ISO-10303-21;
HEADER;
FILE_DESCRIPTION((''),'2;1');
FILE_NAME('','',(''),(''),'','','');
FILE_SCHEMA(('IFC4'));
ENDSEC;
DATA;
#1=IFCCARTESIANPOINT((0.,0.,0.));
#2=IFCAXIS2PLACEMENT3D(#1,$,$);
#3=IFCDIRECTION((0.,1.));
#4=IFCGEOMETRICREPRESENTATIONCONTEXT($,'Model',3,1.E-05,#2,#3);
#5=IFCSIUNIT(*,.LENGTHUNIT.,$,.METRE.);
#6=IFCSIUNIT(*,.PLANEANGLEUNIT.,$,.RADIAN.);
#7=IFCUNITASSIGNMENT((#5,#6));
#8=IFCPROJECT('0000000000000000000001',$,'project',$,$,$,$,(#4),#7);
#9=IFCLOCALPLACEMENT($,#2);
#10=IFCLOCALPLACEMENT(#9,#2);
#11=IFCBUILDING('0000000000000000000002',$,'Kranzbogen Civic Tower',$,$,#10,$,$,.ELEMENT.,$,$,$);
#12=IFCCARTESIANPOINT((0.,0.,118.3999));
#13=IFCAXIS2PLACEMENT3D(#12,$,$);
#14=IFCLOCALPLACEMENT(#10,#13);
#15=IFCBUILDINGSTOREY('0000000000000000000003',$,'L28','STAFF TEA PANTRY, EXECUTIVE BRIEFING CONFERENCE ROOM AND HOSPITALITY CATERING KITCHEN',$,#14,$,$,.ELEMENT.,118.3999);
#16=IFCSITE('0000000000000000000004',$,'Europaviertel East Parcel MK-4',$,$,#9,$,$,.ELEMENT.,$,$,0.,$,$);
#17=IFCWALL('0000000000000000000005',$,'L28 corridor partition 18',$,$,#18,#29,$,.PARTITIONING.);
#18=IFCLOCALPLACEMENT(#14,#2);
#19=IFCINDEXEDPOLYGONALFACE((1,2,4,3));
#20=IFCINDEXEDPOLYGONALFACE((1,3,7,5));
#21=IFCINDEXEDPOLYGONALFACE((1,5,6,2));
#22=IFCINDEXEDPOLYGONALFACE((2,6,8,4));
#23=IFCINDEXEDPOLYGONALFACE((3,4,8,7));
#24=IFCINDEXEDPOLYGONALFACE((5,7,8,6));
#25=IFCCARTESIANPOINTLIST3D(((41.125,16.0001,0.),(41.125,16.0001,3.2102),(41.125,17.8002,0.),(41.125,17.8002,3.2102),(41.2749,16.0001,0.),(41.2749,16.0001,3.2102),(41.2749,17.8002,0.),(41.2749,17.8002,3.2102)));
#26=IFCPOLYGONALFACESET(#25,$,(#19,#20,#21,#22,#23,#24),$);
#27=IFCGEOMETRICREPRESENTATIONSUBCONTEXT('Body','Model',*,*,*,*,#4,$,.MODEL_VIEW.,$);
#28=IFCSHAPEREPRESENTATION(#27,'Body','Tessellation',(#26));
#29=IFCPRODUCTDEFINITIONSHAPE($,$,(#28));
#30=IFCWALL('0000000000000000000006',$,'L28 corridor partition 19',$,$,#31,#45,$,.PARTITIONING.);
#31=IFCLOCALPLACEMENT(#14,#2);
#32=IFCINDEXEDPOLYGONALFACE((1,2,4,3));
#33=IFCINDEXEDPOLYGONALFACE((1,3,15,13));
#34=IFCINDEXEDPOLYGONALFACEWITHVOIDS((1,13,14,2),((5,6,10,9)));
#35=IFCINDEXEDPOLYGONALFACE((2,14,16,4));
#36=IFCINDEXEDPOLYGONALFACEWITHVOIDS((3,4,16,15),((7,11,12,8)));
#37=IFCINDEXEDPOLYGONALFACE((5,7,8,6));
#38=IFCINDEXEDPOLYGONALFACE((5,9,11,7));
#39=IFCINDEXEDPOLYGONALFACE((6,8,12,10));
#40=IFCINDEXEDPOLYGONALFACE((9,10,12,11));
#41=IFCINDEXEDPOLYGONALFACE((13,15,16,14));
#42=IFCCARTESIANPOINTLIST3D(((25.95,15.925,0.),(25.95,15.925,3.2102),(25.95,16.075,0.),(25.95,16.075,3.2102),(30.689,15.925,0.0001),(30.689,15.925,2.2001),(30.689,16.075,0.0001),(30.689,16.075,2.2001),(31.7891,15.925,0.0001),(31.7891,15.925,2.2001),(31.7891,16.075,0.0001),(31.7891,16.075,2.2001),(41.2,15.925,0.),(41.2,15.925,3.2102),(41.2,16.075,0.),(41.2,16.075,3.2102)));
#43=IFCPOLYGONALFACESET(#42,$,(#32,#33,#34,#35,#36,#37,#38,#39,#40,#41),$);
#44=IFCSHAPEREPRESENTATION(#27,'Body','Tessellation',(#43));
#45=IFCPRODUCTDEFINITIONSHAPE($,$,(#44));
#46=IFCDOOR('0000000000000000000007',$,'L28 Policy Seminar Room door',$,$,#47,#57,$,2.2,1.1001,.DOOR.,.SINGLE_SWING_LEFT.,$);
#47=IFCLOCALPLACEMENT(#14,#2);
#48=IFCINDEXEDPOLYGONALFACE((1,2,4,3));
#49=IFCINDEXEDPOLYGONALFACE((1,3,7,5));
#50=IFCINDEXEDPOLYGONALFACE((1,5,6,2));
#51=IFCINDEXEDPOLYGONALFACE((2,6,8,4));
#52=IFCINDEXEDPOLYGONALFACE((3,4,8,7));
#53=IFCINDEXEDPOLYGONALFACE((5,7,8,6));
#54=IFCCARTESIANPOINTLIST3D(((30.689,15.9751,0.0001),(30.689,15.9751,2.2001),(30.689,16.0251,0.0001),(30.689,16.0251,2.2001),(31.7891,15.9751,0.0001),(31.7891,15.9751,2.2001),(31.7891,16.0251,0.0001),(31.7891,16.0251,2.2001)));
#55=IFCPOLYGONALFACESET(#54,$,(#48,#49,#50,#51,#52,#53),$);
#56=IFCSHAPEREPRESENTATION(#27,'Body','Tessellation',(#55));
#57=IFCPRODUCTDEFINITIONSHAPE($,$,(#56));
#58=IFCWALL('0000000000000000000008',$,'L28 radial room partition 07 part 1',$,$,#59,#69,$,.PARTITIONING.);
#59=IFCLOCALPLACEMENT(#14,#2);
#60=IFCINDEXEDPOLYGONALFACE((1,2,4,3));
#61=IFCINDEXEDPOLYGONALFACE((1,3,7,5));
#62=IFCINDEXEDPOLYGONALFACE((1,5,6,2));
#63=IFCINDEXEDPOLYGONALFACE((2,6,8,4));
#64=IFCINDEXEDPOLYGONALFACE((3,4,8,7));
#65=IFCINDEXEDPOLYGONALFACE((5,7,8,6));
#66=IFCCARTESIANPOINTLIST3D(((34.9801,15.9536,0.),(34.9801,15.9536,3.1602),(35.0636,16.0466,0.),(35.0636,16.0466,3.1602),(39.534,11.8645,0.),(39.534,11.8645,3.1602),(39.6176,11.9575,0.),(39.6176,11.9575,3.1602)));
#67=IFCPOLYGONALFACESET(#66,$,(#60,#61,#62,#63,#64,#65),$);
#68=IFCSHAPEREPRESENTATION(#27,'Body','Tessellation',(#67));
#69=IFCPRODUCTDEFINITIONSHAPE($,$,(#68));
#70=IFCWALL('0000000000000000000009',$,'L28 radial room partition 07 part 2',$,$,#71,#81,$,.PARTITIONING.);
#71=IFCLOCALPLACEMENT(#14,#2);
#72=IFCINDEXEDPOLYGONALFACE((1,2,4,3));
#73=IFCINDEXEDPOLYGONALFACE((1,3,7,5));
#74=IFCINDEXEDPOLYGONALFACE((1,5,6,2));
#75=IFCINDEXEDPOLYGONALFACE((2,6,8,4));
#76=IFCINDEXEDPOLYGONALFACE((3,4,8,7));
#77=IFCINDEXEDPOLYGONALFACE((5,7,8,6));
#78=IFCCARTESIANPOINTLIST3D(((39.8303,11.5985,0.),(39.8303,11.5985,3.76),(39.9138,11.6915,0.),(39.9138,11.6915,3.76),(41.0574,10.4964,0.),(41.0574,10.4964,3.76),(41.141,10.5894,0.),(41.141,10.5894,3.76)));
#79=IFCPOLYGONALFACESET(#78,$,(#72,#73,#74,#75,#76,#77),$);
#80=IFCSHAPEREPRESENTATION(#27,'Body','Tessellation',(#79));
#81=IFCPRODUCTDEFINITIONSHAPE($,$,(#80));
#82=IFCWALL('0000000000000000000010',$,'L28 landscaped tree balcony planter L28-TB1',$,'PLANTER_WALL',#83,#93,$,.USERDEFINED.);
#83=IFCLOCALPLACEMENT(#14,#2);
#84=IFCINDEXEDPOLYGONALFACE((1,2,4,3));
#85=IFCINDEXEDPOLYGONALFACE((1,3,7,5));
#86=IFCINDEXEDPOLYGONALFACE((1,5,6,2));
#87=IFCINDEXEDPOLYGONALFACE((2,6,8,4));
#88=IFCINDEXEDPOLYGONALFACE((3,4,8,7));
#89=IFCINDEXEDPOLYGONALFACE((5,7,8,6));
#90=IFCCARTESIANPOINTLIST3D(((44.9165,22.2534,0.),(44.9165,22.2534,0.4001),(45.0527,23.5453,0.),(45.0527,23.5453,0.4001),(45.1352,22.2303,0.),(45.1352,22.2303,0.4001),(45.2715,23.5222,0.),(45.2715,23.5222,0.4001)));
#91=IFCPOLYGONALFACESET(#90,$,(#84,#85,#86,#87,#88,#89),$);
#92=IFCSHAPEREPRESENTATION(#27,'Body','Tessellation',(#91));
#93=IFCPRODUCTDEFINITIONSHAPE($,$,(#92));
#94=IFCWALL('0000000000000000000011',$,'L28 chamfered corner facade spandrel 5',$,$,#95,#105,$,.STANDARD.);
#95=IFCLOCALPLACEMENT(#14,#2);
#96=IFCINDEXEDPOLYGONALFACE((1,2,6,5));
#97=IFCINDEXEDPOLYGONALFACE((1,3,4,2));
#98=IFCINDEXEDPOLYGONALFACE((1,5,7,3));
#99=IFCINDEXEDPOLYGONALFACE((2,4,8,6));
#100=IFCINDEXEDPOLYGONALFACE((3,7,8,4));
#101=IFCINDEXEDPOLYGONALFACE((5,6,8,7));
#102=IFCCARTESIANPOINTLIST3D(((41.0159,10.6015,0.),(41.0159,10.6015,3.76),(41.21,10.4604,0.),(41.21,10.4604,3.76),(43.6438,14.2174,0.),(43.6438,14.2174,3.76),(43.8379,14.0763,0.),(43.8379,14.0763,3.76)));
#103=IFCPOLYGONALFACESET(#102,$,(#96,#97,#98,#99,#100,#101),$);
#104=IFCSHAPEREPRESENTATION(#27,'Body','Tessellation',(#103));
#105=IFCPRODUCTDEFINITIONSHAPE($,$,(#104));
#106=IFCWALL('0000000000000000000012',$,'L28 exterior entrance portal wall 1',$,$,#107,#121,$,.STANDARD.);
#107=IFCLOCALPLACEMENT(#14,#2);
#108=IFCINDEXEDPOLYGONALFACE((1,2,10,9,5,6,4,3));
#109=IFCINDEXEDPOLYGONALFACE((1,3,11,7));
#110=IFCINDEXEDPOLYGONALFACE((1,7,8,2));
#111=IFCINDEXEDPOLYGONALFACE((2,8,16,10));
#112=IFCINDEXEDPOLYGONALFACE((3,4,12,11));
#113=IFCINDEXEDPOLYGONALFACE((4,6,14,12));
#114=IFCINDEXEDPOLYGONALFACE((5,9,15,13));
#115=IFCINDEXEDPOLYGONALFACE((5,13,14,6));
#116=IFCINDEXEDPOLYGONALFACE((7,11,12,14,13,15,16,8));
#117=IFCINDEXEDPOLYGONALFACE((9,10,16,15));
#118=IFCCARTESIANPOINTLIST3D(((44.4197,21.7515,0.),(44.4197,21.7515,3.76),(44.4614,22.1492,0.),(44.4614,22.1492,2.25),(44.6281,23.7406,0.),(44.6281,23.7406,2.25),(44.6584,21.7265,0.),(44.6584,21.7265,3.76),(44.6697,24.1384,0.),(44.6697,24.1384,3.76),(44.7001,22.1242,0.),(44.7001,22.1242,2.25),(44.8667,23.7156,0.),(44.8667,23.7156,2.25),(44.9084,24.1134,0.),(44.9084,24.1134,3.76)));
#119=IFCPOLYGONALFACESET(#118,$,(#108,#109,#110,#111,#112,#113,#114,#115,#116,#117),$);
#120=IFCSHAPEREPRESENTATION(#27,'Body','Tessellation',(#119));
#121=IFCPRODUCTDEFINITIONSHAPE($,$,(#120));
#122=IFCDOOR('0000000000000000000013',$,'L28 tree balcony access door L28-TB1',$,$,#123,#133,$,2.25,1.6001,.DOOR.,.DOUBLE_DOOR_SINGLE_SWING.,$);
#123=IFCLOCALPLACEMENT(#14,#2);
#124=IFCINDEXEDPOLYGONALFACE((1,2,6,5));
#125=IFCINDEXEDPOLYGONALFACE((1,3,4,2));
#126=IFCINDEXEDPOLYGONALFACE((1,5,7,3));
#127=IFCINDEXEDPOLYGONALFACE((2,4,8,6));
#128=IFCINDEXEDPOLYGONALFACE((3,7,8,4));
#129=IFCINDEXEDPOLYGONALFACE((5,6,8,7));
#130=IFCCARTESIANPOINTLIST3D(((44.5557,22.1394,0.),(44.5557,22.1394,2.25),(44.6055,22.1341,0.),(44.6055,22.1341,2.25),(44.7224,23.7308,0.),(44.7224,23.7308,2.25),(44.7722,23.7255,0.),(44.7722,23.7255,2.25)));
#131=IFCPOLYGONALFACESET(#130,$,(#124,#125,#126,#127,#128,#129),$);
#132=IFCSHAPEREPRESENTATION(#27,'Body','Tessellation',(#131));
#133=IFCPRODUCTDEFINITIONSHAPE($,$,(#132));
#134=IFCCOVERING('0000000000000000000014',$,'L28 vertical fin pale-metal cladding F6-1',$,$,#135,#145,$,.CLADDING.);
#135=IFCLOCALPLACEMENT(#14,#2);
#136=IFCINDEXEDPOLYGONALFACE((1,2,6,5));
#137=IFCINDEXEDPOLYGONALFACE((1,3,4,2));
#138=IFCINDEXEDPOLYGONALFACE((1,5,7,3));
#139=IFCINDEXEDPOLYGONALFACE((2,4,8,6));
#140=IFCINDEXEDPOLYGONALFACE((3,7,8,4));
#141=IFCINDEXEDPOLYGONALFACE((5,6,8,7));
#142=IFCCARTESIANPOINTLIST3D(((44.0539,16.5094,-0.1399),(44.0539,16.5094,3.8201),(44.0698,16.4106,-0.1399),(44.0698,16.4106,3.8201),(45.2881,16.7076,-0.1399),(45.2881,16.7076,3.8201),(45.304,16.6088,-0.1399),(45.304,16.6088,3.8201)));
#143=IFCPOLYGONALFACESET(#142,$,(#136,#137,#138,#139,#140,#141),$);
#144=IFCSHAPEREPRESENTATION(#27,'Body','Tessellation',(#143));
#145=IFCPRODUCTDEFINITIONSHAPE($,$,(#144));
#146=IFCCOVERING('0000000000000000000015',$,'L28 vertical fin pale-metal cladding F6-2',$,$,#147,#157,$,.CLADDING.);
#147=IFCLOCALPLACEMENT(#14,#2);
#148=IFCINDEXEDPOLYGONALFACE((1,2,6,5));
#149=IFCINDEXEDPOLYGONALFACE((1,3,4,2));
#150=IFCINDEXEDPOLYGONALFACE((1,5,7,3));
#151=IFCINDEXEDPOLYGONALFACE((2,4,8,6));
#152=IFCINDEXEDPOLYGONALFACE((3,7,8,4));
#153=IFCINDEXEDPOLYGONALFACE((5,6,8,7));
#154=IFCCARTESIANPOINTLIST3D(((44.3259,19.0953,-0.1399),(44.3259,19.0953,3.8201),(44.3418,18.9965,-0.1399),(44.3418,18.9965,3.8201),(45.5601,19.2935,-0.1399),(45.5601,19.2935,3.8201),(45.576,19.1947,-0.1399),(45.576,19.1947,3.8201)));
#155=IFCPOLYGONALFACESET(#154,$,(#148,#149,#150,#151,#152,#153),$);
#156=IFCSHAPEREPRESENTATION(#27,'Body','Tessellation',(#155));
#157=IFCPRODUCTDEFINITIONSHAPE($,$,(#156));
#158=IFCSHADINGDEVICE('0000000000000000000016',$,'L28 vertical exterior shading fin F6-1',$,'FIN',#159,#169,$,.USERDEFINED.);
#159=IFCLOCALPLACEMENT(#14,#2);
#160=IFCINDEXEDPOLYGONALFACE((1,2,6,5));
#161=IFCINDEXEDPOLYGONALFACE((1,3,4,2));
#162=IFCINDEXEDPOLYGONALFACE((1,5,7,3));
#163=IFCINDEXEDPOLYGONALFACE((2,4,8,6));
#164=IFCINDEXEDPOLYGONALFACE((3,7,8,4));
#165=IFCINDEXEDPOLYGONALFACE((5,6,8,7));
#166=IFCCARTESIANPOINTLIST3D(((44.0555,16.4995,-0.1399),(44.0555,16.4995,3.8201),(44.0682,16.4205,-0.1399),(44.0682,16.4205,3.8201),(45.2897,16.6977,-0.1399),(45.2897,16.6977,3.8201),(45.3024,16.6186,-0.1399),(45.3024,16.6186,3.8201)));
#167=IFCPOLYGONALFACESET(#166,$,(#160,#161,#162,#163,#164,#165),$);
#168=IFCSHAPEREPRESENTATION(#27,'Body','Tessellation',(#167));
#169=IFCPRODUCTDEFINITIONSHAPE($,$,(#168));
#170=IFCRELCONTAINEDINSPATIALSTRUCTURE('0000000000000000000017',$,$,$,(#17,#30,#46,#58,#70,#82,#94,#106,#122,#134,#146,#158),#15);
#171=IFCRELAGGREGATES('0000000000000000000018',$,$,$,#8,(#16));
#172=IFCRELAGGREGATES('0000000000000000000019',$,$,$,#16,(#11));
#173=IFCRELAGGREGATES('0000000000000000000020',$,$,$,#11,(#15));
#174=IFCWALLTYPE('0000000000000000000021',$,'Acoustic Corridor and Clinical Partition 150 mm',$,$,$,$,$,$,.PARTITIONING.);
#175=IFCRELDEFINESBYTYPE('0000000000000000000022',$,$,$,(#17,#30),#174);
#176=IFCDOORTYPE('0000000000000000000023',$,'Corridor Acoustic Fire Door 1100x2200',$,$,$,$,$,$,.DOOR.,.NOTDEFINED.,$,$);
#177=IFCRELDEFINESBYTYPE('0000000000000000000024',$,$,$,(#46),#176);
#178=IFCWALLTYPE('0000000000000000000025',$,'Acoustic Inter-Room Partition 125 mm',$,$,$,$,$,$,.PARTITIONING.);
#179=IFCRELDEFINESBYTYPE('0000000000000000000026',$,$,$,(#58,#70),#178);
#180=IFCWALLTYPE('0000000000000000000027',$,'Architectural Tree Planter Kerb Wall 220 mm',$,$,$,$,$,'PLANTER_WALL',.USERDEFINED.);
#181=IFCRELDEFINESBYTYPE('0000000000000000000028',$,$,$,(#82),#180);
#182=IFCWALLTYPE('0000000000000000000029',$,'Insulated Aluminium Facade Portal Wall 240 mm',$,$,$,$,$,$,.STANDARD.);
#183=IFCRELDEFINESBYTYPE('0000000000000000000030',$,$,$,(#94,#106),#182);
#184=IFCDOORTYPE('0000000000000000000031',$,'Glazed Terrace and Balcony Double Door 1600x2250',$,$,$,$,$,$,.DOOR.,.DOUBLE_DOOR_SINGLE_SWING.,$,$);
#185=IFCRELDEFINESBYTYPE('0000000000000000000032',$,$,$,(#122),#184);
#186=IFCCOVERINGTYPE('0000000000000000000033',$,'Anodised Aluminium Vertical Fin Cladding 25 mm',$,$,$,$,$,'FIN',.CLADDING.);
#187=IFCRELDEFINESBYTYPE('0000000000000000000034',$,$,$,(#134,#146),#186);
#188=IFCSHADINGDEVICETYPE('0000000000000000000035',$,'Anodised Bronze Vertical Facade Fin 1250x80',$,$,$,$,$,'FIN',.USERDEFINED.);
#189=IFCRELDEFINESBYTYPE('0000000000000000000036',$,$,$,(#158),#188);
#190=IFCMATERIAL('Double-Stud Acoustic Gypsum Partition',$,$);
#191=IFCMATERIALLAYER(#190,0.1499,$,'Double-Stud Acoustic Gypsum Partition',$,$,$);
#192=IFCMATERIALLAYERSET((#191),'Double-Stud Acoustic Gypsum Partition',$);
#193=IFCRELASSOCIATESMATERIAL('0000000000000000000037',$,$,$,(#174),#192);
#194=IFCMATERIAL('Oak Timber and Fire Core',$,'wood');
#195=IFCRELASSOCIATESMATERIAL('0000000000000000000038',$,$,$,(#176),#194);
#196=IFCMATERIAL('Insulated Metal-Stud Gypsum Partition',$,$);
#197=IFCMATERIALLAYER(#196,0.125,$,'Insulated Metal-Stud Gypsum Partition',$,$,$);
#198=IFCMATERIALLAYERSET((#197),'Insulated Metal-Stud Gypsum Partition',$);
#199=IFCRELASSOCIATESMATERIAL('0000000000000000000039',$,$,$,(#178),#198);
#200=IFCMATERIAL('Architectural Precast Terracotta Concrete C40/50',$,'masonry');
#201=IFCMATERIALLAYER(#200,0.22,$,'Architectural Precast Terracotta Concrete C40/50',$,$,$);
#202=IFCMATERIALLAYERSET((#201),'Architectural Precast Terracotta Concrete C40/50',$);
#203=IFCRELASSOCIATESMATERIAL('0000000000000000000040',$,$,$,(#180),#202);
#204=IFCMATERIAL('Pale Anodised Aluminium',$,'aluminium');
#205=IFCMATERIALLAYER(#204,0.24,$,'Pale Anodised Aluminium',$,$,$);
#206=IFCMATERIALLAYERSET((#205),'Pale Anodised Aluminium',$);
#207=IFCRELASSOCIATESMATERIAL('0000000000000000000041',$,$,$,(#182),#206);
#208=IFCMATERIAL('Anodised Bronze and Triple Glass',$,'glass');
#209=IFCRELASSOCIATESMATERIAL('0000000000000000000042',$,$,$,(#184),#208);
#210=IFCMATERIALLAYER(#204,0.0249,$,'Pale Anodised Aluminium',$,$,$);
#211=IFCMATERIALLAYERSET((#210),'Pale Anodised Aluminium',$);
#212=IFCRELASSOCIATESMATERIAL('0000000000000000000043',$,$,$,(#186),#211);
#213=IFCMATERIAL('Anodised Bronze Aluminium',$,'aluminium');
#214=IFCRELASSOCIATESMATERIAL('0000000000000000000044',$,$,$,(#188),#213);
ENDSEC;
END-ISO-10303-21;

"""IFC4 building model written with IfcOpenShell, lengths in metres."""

from ifc_helpers import new_model, si_unit, direction, frame, frame_2d, origin, origin_2d, place, context, subcontext, project, spatial, rectangle, extrude, material, layer, layer_set, type_object, element, fill, save


model = new_model("IFC4")

# Units and contexts
model_context = context("Model", 3, precision=1e-05, world=origin(), true_north=direction((0.0, 1.0)))
body_context = subcontext(model_context, "Body", "Model", "MODEL_VIEW")
ifc_project = project(units=[si_unit("LENGTHUNIT", "METRE"), si_unit("PLANEANGLEUNIT", "RADIAN")], contexts=[model_context])

# Site, building, storey
site_placement = place(None, origin())
site = spatial("IfcSite", under=ifc_project, at=site_placement, Name="Europaviertel East Parcel MK-4", CompositionType="ELEMENT", RefElevation=0.0)
building_placement = place(site_placement, origin())
building = spatial("IfcBuilding", under=site, at=building_placement, Name="Kranzbogen Civic Tower", CompositionType="ELEMENT")
storey_placement = place(building_placement, frame((0.0, 0.0, 118.3999)))
storey = spatial("IfcBuildingStorey", under=building, at=storey_placement, Name="L28", Description="STAFF TEA PANTRY, EXECUTIVE BRIEFING CONFERENCE ROOM AND HOSPITALITY CATERING KITCHEN", CompositionType="ELEMENT", Elevation=118.3999)

# Shared definitions
ifc_material_1 = material(Name="Pale Anodised Aluminium", Category="aluminium")

# Wall
ifc_material_2 = material(Name="Double-Stud Acoustic Gypsum Partition")
ifc_layer_1 = layer(ifc_material_2, 0.1499, Name="Double-Stud Acoustic Gypsum Partition")
ifc_layer_set_1 = layer_set([ifc_layer_1], Name="Double-Stud Acoustic Gypsum Partition")
wall_type_1 = type_object("IfcWallType", Name="Acoustic Corridor and Clinical Partition 150 mm", PredefinedType="PARTITIONING", material=ifc_layer_set_1)
wall_1_placement = place(storey_placement, frame((41.2, 17.8, 0.0), z_axis=(0.0, 0.0, 1.0), x_axis=(0.0, -1.0, 0.0)))
element("IfcWall", 1, at=wall_1_placement, inside=storey, type_object=wall_type_1, Name="L28 corridor partition 18", PredefinedType="PARTITIONING", context=body_context, shape_type="SweptSolid", body=[
    extrude(rectangle(XDim=1.8, YDim=0.1499, at=frame_2d((0.8999, 0.0))), origin(), (0.0, 0.0, 1.0), 3.2102),
])

# Wall, opening, door
wall_2_placement = place(storey_placement, frame((41.2, 16.0, 0.0), z_axis=(0.0, 0.0, 1.0), x_axis=(-1.0, 0.0, 0.0)))
wall_2 = element("IfcWall", 2, at=wall_2_placement, inside=storey, type_object=wall_type_1, Name="L28 corridor partition 19", PredefinedType="PARTITIONING", context=body_context, shape_type="SweptSolid", body=[
    extrude(rectangle(XDim=15.25, YDim=0.1499, at=frame_2d((7.625, 0.0))), origin(), (0.0, 0.0, 1.0), 3.2102),
])
opening_1_placement = place(wall_2_placement, frame((9.4109, 0.0, 0.0)))
opening_1 = element("IfcOpeningElement", 3, at=opening_1_placement, cuts=wall_2, PredefinedType="OPENING", context=body_context, shape_type="SweptSolid", body=[
    extrude(rectangle(XDim=1.1001, YDim=2.2, at=frame_2d((0.55, 1.1001))), frame((0.0, 0.085, 0.0), z_axis=(0.0, -1.0, 0.0), x_axis=(1.0, 0.0, 0.0)), (0.0, 0.0, 1.0), 0.1699),
])
ifc_material_3 = material(Name="Oak Timber and Fire Core", Category="wood")
door_type_1 = type_object("IfcDoorType", Name="Corridor Acoustic Fire Door 1100x2200", OperationType="NOTDEFINED", PredefinedType="DOOR", material=ifc_material_3)
door_1_placement = place(opening_1_placement, origin())
door_1 = element("IfcDoor", 4, at=door_1_placement, inside=storey, type_object=door_type_1, Name="L28 Policy Seminar Room door", OperationType="SINGLE_SWING_LEFT", OverallHeight=2.2, OverallWidth=1.1001, PredefinedType="DOOR", context=body_context, shape_type="SweptSolid", body=[
    extrude(rectangle(XDim=1.1001, YDim=2.2, at=frame_2d((0.55, 1.1001))), frame((0.0, 0.0249, 0.0), z_axis=(0.0, -1.0, 0.0), x_axis=(1.0, 0.0, 0.0)), (0.0, 0.0, 1.0), 0.05),
])
fill(opening_1, door_1)

# Walls
ifc_material_4 = material(Name="Insulated Metal-Stud Gypsum Partition")
ifc_layer_2 = layer(ifc_material_4, 0.125, Name="Insulated Metal-Stud Gypsum Partition")
ifc_layer_set_2 = layer_set([ifc_layer_2], Name="Insulated Metal-Stud Gypsum Partition")
wall_type_2 = type_object("IfcWallType", Name="Acoustic Inter-Room Partition 125 mm", PredefinedType="PARTITIONING", material=ifc_layer_set_2)
wall_3_placement = place(storey_placement, frame((35.022, 16.0, 0.0), z_axis=(0.0, 0.0, 1.0), x_axis=(0.744061, -0.668111, 0.0)))
element("IfcWall", 5, at=wall_3_placement, inside=storey, type_object=wall_type_2, Name="L28 radial room partition 07 part 1", PredefinedType="PARTITIONING", context=body_context, shape_type="SweptSolid", body=[
    extrude(rectangle(XDim=6.1204, YDim=0.125, at=frame_2d((3.0601, 0.0))), origin(), (0.0, 0.0, 1.0), 3.1602),
])
wall_4_placement = place(storey_placement, frame((39.8721, 11.645, 0.0), z_axis=(0.0, 0.0, 1.0), x_axis=(0.743986, -0.668196, 0.0)))
element("IfcWall", 6, at=wall_4_placement, inside=storey, type_object=wall_type_2, Name="L28 radial room partition 07 part 2", PredefinedType="PARTITIONING", context=body_context, shape_type="SweptSolid", body=[
    extrude(rectangle(XDim=1.6494, YDim=0.125, at=frame_2d((0.8247, 0.0))), origin(), (0.0, 0.0, 1.0), 3.76),
])
ifc_material_5 = material(Name="Architectural Precast Terracotta Concrete C40/50", Category="masonry")
ifc_layer_3 = layer(ifc_material_5, 0.22, Name="Architectural Precast Terracotta Concrete C40/50")
ifc_layer_set_3 = layer_set([ifc_layer_3], Name="Architectural Precast Terracotta Concrete C40/50")
wall_type_3 = type_object("IfcWallType", Name="Architectural Tree Planter Kerb Wall 220 mm", ElementType="PLANTER_WALL", PredefinedType="USERDEFINED", material=ifc_layer_set_3)
wall_5_placement = place(storey_placement, frame((45.0259, 22.2419, 0.0), z_axis=(0.0, 0.0, 1.0), x_axis=(0.104861, 0.994487, 0.0)))
element("IfcWall", 7, at=wall_5_placement, inside=storey, type_object=wall_type_3, Name="L28 landscaped tree balcony planter L28-TB1", ObjectType="PLANTER_WALL", PredefinedType="USERDEFINED", context=body_context, shape_type="SweptSolid", body=[
    extrude(rectangle(XDim=1.2991, YDim=0.22, at=frame_2d((0.6494, 0.0))), origin(), (0.0, 0.0, 1.0), 0.4001),
])
ifc_layer_4 = layer(ifc_material_1, 0.24, Name="Pale Anodised Aluminium")
ifc_layer_set_4 = layer_set([ifc_layer_4], Name="Pale Anodised Aluminium")
wall_type_4 = type_object("IfcWallType", Name="Insulated Aluminium Facade Portal Wall 240 mm", PredefinedType="STANDARD", material=ifc_layer_set_4)
wall_6_placement = place(storey_placement, frame((41.113, 10.531, 0.0), z_axis=(0.0, 0.0, 1.0), x_axis=(0.587899, 0.808934, 0.0)))
element("IfcWall", 8, at=wall_6_placement, inside=storey, type_object=wall_type_4, Name="L28 chamfered corner facade spandrel 5", PredefinedType="STANDARD", context=body_context, shape_type="SweptSolid", body=[
    extrude(rectangle(XDim=4.47, YDim=0.24, at=frame_2d((2.2349, 0.0))), origin(), (0.0, 0.0, 1.0), 3.76),
])

# Wall, opening, door
wall_7_placement = place(storey_placement, frame((44.5391, 21.739, 0.0), z_axis=(0.0, 0.0, 1.0), x_axis=(0.104166, 0.99456, 0.0)))
wall_7 = element("IfcWall", 9, at=wall_7_placement, inside=storey, type_object=wall_type_4, Name="L28 exterior entrance portal wall 1", PredefinedType="STANDARD", context=body_context, shape_type="SweptSolid", body=[
    extrude(rectangle(XDim=2.3999, YDim=0.24, at=frame_2d((1.2, 0.0))), origin(), (0.0, 0.0, 1.0), 3.76),
])
opening_2_placement = place(wall_7_placement, frame((0.3999, 0.0, 0.0)))
opening_2 = element("IfcOpeningElement", 10, at=opening_2_placement, cuts=wall_7, PredefinedType="OPENING", context=body_context, shape_type="SweptSolid", body=[
    extrude(rectangle(XDim=1.6001, YDim=2.25, at=frame_2d((0.8, 1.125))), frame((0.0, 0.1299, 0.0), z_axis=(0.0, -1.0, 0.0), x_axis=(1.0, 0.0, 0.0)), (0.0, 0.0, 1.0), 0.26),
])
ifc_material_6 = material(Name="Anodised Bronze and Triple Glass", Category="glass")
door_type_2 = type_object("IfcDoorType", Name="Glazed Terrace and Balcony Double Door 1600x2250", OperationType="DOUBLE_DOOR_SINGLE_SWING", PredefinedType="DOOR", material=ifc_material_6)
door_2_placement = place(opening_2_placement, frame((1.6001, 0.0, 0.0), z_axis=(0.0, 0.0, 1.0), x_axis=(-1.0, 0.0, 0.0)))
door_2 = element("IfcDoor", 11, at=door_2_placement, inside=storey, type_object=door_type_2, Name="L28 tree balcony access door L28-TB1", OperationType="DOUBLE_DOOR_SINGLE_SWING", OverallHeight=2.25, OverallWidth=1.6001, PredefinedType="DOOR", context=body_context, shape_type="SweptSolid", body=[
    extrude(rectangle(XDim=1.6001, YDim=2.25, at=frame_2d((0.8, 1.125))), frame((0.0, 0.0249, 0.0), z_axis=(0.0, -1.0, 0.0), x_axis=(1.0, 0.0, 0.0)), (0.0, 0.0, 1.0), 0.05),
])
fill(opening_2, door_2)

# Coverings
ifc_layer_5 = layer(ifc_material_1, 0.0249, Name="Pale Anodised Aluminium")
ifc_layer_set_5 = layer_set([ifc_layer_5], Name="Pale Anodised Aluminium")
covering_type = type_object("IfcCoveringType", Name="Anodised Aluminium Vertical Fin Cladding 25 mm", ElementType="FIN", PredefinedType="CLADDING", material=ifc_layer_set_5)
for number, where, z_axis, x_axis, name in (
    (12, (44.679, 16.5591, -0.1399), (0.0, 0.0, 1.0), (0.98735, 0.158554, 0.0), "L28 vertical fin pale-metal cladding F6-1"),
    (13, (44.9509, 19.145, -0.1399), (0.0, 0.0, 1.0), (0.98735, 0.158554, 0.0), "L28 vertical fin pale-metal cladding F6-2"),
):
    element("IfcCovering", number, at=place(storey_placement, frame(where, z_axis=z_axis, x_axis=x_axis)), inside=storey, type_object=covering_type, Name=name, PredefinedType="CLADDING", context=body_context, shape_type="SweptSolid", body=[
        extrude(rectangle(XDim=1.25, YDim=0.1001, at=origin_2d()), origin(), (0.0, 0.0, 1.0), 3.96),
    ])

# Shading device
ifc_material_7 = material(Name="Anodised Bronze Aluminium", Category="aluminium")
shading_device_type = type_object("IfcShadingDeviceType", Name="Anodised Bronze Vertical Facade Fin 1250x80", ElementType="FIN", PredefinedType="USERDEFINED", material=ifc_material_7)
for number, where, z_axis, x_axis, name in (
    (14, (44.679, 16.5591, -0.1399), (0.0, 0.0, 1.0), (0.98735, 0.158554, 0.0), "L28 vertical exterior shading fin F6-1"),
):
    element("IfcShadingDevice", number, at=place(storey_placement, frame(where, z_axis=z_axis, x_axis=x_axis)), inside=storey, type_object=shading_device_type, Name=name, ObjectType="FIN", PredefinedType="USERDEFINED", context=body_context, shape_type="SweptSolid", body=[
        extrude(rectangle(XDim=1.25, YDim=0.0801, at=origin_2d()), origin(), (0.0, 0.0, 1.0), 3.96),
    ])

save(model, "model.ifc")
